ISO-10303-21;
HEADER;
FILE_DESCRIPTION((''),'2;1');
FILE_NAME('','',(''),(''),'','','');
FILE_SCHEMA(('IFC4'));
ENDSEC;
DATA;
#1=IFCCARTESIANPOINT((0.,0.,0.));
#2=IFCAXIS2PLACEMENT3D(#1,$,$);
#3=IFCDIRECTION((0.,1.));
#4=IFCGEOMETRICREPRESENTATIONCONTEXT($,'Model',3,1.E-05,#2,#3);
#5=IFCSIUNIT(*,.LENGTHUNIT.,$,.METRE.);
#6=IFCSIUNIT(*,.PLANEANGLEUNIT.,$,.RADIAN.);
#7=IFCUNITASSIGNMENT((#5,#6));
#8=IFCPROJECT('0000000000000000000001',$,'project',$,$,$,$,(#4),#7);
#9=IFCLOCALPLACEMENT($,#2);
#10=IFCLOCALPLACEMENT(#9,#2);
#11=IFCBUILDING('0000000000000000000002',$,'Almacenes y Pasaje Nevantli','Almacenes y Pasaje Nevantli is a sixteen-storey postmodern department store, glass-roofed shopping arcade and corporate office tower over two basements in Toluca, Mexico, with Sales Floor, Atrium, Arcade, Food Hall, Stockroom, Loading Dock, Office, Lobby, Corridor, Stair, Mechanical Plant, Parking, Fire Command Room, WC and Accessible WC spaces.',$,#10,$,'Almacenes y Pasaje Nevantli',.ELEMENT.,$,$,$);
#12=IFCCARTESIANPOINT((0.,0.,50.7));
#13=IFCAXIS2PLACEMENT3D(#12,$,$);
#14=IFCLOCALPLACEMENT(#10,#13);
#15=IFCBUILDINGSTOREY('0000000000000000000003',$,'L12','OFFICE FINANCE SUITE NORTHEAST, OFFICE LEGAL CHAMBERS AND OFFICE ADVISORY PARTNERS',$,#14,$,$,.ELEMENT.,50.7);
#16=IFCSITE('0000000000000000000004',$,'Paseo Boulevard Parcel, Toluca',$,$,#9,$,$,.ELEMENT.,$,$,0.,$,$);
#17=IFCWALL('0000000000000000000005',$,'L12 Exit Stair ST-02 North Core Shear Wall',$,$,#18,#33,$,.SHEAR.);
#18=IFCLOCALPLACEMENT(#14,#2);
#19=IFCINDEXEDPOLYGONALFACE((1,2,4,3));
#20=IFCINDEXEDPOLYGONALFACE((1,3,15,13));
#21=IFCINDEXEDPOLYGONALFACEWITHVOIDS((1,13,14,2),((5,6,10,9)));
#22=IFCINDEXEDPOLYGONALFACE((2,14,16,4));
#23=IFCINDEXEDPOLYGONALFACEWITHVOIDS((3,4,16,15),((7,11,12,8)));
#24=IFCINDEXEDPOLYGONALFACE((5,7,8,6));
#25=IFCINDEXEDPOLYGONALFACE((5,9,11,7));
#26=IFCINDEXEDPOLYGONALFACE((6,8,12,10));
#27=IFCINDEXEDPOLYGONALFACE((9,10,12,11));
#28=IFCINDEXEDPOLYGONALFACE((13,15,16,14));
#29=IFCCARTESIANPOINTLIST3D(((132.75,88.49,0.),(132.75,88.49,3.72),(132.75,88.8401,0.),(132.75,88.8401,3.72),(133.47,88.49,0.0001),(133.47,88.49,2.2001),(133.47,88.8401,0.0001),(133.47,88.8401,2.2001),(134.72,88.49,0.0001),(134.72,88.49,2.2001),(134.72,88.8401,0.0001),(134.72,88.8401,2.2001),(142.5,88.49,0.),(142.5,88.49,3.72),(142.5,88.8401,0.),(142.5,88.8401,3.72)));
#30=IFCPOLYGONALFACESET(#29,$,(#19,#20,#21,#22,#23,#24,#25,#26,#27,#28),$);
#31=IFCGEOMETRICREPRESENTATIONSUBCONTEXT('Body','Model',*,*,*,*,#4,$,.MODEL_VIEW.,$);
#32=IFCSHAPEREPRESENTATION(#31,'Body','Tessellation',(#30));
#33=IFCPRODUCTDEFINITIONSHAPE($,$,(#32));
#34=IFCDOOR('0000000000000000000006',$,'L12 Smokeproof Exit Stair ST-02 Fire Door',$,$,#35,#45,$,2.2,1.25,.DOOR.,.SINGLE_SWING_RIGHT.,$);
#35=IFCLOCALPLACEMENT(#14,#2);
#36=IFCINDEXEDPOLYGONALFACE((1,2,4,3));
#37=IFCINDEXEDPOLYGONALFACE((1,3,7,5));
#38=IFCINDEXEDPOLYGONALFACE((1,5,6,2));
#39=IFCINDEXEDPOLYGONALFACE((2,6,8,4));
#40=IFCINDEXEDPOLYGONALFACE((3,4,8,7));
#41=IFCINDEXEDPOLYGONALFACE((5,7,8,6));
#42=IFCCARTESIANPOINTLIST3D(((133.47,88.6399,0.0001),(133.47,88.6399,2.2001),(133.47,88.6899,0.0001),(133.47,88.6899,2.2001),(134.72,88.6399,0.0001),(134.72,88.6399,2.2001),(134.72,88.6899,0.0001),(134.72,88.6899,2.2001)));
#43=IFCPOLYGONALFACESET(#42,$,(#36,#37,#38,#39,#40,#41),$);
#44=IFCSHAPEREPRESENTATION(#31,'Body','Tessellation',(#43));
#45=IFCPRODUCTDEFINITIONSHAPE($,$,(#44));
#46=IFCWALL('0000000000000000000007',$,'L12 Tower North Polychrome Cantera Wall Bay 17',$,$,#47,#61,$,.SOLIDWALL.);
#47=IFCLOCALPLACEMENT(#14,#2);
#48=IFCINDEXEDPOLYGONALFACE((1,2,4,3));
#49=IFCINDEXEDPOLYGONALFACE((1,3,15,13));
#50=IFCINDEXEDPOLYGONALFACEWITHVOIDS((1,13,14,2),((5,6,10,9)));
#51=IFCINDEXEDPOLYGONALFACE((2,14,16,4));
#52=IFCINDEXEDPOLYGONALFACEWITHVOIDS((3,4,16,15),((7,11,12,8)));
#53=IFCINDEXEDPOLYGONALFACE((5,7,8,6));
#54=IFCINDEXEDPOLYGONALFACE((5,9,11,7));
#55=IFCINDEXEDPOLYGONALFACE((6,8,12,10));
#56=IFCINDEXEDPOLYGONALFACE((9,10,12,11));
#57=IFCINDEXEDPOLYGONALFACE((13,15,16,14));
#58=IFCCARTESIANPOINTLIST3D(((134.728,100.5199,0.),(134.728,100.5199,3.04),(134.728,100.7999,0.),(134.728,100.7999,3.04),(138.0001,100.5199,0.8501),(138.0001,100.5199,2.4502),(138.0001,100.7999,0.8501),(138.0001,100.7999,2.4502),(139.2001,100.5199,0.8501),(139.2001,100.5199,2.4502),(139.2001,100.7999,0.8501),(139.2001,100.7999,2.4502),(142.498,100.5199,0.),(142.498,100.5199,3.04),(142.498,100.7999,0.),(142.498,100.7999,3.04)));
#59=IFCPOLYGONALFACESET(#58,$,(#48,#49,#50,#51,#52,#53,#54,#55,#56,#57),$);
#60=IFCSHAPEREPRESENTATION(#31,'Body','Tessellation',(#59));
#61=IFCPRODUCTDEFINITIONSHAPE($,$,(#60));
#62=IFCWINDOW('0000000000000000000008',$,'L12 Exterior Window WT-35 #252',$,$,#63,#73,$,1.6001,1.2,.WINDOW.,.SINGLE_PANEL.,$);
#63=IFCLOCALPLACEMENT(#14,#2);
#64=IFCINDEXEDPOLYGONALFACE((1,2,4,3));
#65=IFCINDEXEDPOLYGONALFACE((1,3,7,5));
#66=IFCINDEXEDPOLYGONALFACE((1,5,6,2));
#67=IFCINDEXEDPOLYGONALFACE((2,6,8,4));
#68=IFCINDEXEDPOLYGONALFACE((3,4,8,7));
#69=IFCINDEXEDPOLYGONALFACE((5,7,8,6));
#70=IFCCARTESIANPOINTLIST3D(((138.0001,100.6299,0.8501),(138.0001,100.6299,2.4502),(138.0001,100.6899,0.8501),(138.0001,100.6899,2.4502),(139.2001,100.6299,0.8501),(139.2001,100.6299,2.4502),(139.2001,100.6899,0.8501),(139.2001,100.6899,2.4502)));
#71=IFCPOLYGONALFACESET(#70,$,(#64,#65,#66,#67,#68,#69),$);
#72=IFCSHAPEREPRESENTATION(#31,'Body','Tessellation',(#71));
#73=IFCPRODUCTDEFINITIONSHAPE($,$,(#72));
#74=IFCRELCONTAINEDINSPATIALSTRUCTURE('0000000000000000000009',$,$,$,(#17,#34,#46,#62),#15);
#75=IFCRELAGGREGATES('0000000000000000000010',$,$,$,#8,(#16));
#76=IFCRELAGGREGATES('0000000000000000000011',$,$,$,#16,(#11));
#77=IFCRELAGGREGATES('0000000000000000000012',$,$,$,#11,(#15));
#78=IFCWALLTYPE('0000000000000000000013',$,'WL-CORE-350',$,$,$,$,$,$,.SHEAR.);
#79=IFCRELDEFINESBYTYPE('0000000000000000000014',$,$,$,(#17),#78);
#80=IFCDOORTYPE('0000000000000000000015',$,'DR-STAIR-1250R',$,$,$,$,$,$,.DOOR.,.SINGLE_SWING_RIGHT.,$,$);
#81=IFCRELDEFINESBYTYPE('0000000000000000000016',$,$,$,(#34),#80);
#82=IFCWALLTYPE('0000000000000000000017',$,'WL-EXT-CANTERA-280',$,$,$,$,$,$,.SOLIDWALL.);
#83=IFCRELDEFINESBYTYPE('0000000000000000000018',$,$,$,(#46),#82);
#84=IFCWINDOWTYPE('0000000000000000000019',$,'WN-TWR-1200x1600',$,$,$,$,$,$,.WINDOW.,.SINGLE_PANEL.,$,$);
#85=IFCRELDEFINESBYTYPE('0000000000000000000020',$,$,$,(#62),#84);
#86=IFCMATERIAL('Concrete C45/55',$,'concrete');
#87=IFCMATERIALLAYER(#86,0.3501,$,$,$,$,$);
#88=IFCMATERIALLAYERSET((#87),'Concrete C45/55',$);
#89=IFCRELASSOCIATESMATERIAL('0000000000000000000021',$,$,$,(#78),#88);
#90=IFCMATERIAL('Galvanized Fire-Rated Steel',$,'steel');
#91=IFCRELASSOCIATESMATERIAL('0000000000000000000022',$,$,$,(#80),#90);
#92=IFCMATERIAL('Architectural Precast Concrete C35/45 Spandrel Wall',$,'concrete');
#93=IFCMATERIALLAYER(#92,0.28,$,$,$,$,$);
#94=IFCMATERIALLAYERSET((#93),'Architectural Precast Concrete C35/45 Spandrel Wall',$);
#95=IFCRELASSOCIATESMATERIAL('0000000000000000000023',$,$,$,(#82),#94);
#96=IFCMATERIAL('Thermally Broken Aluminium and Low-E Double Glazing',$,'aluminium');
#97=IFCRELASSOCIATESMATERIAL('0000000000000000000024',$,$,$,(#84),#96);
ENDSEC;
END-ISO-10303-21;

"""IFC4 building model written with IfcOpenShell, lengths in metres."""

from ifc_helpers import new_model, si_unit, direction, frame, frame_2d, origin, place, context, subcontext, project, spatial, rectangle, extrude, material, layer, layer_set, type_object, element, fill, save


model = new_model("IFC4")

# Units and contexts
model_context = context("Model", 3, precision=1e-05, world=origin(), true_north=direction((0.0, 1.0)))
body_context = subcontext(model_context, "Body", "Model", "MODEL_VIEW")
ifc_project = project(units=[si_unit("LENGTHUNIT", "METRE"), si_unit("PLANEANGLEUNIT", "RADIAN")], contexts=[model_context])

# Site, building, storey
site_placement = place(None, origin())
site = spatial("IfcSite", under=ifc_project, at=site_placement, Name="Paseo Boulevard Parcel, Toluca", CompositionType="ELEMENT", RefElevation=0.0)
building_placement = place(site_placement, origin())
building = spatial("IfcBuilding", under=site, at=building_placement, Name="Almacenes y Pasaje Nevantli", Description="Almacenes y Pasaje Nevantli is a sixteen-storey postmodern department store, glass-roofed shopping arcade and corporate office tower over two basements in Toluca, Mexico, with Sales Floor, Atrium, Arcade, Food Hall, Stockroom, Loading Dock, Office, Lobby, Corridor, Stair, Mechanical Plant, Parking, Fire Command Room, WC and Accessible WC spaces.", LongName="Almacenes y Pasaje Nevantli", CompositionType="ELEMENT")
storey_placement = place(building_placement, frame((0.0, 0.0, 50.7)))
storey = spatial("IfcBuildingStorey", under=building, at=storey_placement, Name="L12", Description="OFFICE FINANCE SUITE NORTHEAST, OFFICE LEGAL CHAMBERS AND OFFICE ADVISORY PARTNERS", CompositionType="ELEMENT", Elevation=50.7)

# Wall, opening, door
ifc_material_1 = material(Name="Concrete C45/55", Category="concrete")
ifc_layer_1 = layer(ifc_material_1, 0.3501)
ifc_layer_set_1 = layer_set([ifc_layer_1], Name="Concrete C45/55")
wall_type_1 = type_object("IfcWallType", Name="WL-CORE-350", PredefinedType="SHEAR", material=ifc_layer_set_1)
wall_1_placement = place(storey_placement, frame((132.75, 88.665, 0.0), z_axis=(0.0, 0.0, 1.0), x_axis=(1.0, 0.0, 0.0)))
wall_1 = element("IfcWall", 1, at=wall_1_placement, inside=storey, type_object=wall_type_1, Name="L12 Exit Stair ST-02 North Core Shear Wall", PredefinedType="SHEAR", context=body_context, shape_type="SweptSolid", body=[
    extrude(rectangle(XDim=9.75, YDim=0.3501, at=frame_2d((4.875, 0.0))), origin(), (0.0, 0.0, 1.0), 3.72),
])
opening_1_placement = place(wall_1_placement, frame((0.72, 0.0, 0.0)))
opening_1 = element("IfcOpeningElement", 2, at=opening_1_placement, cuts=wall_1, PredefinedType="OPENING", context=body_context, shape_type="SweptSolid", body=[
    extrude(rectangle(XDim=1.25, YDim=2.2, at=frame_2d((0.625, 1.1001))), frame((0.0, 0.1851, 0.0), z_axis=(0.0, -1.0, 0.0), x_axis=(1.0, 0.0, 0.0)), (0.0, 0.0, 1.0), 0.3701),
])
ifc_material_2 = material(Name="Galvanized Fire-Rated Steel", Category="steel")
door_type_1 = type_object("IfcDoorType", Name="DR-STAIR-1250R", OperationType="SINGLE_SWING_RIGHT", PredefinedType="DOOR", material=ifc_material_2)
door_1_placement = place(opening_1_placement, origin())
door_1 = element("IfcDoor", 3, at=door_1_placement, inside=storey, type_object=door_type_1, Name="L12 Smokeproof Exit Stair ST-02 Fire Door", OperationType="SINGLE_SWING_RIGHT", OverallHeight=2.2, OverallWidth=1.25, PredefinedType="DOOR", context=body_context, shape_type="SweptSolid", body=[
    extrude(rectangle(XDim=1.25, YDim=2.2, at=frame_2d((0.625, 1.1001))), frame((0.0, 0.0249, 0.0), z_axis=(0.0, -1.0, 0.0), x_axis=(1.0, 0.0, 0.0)), (0.0, 0.0, 1.0), 0.05),
])
fill(opening_1, door_1)

# Wall, opening, window
ifc_material_3 = material(Name="Architectural Precast Concrete C35/45 Spandrel Wall", Category="concrete")
ifc_layer_2 = layer(ifc_material_3, 0.28)
ifc_layer_set_2 = layer_set([ifc_layer_2], Name="Architectural Precast Concrete C35/45 Spandrel Wall")
wall_type_2 = type_object("IfcWallType", Name="WL-EXT-CANTERA-280", PredefinedType="SOLIDWALL", material=ifc_layer_set_2)
wall_2_placement = place(storey_placement, frame((134.728, 100.6599, 0.0), z_axis=(0.0, 0.0, 1.0), x_axis=(1.0, 0.0, 0.0)))
wall_2 = element("IfcWall", 4, at=wall_2_placement, inside=storey, type_object=wall_type_2, Name="L12 Tower North Polychrome Cantera Wall Bay 17", PredefinedType="SOLIDWALL", context=body_context, shape_type="SweptSolid", body=[
    extrude(rectangle(XDim=7.77, YDim=0.28, at=frame_2d((3.885, 0.0))), origin(), (0.0, 0.0, 1.0), 3.04),
])
opening_2_placement = place(wall_2_placement, frame((3.272, 0.0, 0.8501)))
opening_2 = element("IfcOpeningElement", 5, at=opening_2_placement, cuts=wall_2, PredefinedType="OPENING", context=body_context, shape_type="SweptSolid", body=[
    extrude(rectangle(XDim=1.2, YDim=1.6001, at=frame_2d((0.6001, 0.8))), frame((0.0, 0.1499, 0.0), z_axis=(0.0, -1.0, 0.0), x_axis=(1.0, 0.0, 0.0)), (0.0, 0.0, 1.0), 0.3),
])
ifc_material_4 = material(Name="Thermally Broken Aluminium and Low-E Double Glazing", Category="aluminium")
window_type = type_object("IfcWindowType", Name="WN-TWR-1200x1600", PartitioningType="SINGLE_PANEL", PredefinedType="WINDOW", material=ifc_material_4)
window_placement = place(opening_2_placement, origin())
window = element("IfcWindow", 6, at=window_placement, inside=storey, type_object=window_type, Name="L12 Exterior Window WT-35 #252", OverallHeight=1.6001, OverallWidth=1.2, PartitioningType="SINGLE_PANEL", PredefinedType="WINDOW", context=body_context, shape_type="SweptSolid", body=[
    extrude(rectangle(XDim=1.2, YDim=1.6001, at=frame_2d((0.6001, 0.8))), frame((0.0, 0.03, 0.0), z_axis=(0.0, -1.0, 0.0), x_axis=(1.0, 0.0, 0.0)), (0.0, 0.0, 1.0), 0.0601),
])
fill(opening_2, window)

save(model, "model.ifc")
